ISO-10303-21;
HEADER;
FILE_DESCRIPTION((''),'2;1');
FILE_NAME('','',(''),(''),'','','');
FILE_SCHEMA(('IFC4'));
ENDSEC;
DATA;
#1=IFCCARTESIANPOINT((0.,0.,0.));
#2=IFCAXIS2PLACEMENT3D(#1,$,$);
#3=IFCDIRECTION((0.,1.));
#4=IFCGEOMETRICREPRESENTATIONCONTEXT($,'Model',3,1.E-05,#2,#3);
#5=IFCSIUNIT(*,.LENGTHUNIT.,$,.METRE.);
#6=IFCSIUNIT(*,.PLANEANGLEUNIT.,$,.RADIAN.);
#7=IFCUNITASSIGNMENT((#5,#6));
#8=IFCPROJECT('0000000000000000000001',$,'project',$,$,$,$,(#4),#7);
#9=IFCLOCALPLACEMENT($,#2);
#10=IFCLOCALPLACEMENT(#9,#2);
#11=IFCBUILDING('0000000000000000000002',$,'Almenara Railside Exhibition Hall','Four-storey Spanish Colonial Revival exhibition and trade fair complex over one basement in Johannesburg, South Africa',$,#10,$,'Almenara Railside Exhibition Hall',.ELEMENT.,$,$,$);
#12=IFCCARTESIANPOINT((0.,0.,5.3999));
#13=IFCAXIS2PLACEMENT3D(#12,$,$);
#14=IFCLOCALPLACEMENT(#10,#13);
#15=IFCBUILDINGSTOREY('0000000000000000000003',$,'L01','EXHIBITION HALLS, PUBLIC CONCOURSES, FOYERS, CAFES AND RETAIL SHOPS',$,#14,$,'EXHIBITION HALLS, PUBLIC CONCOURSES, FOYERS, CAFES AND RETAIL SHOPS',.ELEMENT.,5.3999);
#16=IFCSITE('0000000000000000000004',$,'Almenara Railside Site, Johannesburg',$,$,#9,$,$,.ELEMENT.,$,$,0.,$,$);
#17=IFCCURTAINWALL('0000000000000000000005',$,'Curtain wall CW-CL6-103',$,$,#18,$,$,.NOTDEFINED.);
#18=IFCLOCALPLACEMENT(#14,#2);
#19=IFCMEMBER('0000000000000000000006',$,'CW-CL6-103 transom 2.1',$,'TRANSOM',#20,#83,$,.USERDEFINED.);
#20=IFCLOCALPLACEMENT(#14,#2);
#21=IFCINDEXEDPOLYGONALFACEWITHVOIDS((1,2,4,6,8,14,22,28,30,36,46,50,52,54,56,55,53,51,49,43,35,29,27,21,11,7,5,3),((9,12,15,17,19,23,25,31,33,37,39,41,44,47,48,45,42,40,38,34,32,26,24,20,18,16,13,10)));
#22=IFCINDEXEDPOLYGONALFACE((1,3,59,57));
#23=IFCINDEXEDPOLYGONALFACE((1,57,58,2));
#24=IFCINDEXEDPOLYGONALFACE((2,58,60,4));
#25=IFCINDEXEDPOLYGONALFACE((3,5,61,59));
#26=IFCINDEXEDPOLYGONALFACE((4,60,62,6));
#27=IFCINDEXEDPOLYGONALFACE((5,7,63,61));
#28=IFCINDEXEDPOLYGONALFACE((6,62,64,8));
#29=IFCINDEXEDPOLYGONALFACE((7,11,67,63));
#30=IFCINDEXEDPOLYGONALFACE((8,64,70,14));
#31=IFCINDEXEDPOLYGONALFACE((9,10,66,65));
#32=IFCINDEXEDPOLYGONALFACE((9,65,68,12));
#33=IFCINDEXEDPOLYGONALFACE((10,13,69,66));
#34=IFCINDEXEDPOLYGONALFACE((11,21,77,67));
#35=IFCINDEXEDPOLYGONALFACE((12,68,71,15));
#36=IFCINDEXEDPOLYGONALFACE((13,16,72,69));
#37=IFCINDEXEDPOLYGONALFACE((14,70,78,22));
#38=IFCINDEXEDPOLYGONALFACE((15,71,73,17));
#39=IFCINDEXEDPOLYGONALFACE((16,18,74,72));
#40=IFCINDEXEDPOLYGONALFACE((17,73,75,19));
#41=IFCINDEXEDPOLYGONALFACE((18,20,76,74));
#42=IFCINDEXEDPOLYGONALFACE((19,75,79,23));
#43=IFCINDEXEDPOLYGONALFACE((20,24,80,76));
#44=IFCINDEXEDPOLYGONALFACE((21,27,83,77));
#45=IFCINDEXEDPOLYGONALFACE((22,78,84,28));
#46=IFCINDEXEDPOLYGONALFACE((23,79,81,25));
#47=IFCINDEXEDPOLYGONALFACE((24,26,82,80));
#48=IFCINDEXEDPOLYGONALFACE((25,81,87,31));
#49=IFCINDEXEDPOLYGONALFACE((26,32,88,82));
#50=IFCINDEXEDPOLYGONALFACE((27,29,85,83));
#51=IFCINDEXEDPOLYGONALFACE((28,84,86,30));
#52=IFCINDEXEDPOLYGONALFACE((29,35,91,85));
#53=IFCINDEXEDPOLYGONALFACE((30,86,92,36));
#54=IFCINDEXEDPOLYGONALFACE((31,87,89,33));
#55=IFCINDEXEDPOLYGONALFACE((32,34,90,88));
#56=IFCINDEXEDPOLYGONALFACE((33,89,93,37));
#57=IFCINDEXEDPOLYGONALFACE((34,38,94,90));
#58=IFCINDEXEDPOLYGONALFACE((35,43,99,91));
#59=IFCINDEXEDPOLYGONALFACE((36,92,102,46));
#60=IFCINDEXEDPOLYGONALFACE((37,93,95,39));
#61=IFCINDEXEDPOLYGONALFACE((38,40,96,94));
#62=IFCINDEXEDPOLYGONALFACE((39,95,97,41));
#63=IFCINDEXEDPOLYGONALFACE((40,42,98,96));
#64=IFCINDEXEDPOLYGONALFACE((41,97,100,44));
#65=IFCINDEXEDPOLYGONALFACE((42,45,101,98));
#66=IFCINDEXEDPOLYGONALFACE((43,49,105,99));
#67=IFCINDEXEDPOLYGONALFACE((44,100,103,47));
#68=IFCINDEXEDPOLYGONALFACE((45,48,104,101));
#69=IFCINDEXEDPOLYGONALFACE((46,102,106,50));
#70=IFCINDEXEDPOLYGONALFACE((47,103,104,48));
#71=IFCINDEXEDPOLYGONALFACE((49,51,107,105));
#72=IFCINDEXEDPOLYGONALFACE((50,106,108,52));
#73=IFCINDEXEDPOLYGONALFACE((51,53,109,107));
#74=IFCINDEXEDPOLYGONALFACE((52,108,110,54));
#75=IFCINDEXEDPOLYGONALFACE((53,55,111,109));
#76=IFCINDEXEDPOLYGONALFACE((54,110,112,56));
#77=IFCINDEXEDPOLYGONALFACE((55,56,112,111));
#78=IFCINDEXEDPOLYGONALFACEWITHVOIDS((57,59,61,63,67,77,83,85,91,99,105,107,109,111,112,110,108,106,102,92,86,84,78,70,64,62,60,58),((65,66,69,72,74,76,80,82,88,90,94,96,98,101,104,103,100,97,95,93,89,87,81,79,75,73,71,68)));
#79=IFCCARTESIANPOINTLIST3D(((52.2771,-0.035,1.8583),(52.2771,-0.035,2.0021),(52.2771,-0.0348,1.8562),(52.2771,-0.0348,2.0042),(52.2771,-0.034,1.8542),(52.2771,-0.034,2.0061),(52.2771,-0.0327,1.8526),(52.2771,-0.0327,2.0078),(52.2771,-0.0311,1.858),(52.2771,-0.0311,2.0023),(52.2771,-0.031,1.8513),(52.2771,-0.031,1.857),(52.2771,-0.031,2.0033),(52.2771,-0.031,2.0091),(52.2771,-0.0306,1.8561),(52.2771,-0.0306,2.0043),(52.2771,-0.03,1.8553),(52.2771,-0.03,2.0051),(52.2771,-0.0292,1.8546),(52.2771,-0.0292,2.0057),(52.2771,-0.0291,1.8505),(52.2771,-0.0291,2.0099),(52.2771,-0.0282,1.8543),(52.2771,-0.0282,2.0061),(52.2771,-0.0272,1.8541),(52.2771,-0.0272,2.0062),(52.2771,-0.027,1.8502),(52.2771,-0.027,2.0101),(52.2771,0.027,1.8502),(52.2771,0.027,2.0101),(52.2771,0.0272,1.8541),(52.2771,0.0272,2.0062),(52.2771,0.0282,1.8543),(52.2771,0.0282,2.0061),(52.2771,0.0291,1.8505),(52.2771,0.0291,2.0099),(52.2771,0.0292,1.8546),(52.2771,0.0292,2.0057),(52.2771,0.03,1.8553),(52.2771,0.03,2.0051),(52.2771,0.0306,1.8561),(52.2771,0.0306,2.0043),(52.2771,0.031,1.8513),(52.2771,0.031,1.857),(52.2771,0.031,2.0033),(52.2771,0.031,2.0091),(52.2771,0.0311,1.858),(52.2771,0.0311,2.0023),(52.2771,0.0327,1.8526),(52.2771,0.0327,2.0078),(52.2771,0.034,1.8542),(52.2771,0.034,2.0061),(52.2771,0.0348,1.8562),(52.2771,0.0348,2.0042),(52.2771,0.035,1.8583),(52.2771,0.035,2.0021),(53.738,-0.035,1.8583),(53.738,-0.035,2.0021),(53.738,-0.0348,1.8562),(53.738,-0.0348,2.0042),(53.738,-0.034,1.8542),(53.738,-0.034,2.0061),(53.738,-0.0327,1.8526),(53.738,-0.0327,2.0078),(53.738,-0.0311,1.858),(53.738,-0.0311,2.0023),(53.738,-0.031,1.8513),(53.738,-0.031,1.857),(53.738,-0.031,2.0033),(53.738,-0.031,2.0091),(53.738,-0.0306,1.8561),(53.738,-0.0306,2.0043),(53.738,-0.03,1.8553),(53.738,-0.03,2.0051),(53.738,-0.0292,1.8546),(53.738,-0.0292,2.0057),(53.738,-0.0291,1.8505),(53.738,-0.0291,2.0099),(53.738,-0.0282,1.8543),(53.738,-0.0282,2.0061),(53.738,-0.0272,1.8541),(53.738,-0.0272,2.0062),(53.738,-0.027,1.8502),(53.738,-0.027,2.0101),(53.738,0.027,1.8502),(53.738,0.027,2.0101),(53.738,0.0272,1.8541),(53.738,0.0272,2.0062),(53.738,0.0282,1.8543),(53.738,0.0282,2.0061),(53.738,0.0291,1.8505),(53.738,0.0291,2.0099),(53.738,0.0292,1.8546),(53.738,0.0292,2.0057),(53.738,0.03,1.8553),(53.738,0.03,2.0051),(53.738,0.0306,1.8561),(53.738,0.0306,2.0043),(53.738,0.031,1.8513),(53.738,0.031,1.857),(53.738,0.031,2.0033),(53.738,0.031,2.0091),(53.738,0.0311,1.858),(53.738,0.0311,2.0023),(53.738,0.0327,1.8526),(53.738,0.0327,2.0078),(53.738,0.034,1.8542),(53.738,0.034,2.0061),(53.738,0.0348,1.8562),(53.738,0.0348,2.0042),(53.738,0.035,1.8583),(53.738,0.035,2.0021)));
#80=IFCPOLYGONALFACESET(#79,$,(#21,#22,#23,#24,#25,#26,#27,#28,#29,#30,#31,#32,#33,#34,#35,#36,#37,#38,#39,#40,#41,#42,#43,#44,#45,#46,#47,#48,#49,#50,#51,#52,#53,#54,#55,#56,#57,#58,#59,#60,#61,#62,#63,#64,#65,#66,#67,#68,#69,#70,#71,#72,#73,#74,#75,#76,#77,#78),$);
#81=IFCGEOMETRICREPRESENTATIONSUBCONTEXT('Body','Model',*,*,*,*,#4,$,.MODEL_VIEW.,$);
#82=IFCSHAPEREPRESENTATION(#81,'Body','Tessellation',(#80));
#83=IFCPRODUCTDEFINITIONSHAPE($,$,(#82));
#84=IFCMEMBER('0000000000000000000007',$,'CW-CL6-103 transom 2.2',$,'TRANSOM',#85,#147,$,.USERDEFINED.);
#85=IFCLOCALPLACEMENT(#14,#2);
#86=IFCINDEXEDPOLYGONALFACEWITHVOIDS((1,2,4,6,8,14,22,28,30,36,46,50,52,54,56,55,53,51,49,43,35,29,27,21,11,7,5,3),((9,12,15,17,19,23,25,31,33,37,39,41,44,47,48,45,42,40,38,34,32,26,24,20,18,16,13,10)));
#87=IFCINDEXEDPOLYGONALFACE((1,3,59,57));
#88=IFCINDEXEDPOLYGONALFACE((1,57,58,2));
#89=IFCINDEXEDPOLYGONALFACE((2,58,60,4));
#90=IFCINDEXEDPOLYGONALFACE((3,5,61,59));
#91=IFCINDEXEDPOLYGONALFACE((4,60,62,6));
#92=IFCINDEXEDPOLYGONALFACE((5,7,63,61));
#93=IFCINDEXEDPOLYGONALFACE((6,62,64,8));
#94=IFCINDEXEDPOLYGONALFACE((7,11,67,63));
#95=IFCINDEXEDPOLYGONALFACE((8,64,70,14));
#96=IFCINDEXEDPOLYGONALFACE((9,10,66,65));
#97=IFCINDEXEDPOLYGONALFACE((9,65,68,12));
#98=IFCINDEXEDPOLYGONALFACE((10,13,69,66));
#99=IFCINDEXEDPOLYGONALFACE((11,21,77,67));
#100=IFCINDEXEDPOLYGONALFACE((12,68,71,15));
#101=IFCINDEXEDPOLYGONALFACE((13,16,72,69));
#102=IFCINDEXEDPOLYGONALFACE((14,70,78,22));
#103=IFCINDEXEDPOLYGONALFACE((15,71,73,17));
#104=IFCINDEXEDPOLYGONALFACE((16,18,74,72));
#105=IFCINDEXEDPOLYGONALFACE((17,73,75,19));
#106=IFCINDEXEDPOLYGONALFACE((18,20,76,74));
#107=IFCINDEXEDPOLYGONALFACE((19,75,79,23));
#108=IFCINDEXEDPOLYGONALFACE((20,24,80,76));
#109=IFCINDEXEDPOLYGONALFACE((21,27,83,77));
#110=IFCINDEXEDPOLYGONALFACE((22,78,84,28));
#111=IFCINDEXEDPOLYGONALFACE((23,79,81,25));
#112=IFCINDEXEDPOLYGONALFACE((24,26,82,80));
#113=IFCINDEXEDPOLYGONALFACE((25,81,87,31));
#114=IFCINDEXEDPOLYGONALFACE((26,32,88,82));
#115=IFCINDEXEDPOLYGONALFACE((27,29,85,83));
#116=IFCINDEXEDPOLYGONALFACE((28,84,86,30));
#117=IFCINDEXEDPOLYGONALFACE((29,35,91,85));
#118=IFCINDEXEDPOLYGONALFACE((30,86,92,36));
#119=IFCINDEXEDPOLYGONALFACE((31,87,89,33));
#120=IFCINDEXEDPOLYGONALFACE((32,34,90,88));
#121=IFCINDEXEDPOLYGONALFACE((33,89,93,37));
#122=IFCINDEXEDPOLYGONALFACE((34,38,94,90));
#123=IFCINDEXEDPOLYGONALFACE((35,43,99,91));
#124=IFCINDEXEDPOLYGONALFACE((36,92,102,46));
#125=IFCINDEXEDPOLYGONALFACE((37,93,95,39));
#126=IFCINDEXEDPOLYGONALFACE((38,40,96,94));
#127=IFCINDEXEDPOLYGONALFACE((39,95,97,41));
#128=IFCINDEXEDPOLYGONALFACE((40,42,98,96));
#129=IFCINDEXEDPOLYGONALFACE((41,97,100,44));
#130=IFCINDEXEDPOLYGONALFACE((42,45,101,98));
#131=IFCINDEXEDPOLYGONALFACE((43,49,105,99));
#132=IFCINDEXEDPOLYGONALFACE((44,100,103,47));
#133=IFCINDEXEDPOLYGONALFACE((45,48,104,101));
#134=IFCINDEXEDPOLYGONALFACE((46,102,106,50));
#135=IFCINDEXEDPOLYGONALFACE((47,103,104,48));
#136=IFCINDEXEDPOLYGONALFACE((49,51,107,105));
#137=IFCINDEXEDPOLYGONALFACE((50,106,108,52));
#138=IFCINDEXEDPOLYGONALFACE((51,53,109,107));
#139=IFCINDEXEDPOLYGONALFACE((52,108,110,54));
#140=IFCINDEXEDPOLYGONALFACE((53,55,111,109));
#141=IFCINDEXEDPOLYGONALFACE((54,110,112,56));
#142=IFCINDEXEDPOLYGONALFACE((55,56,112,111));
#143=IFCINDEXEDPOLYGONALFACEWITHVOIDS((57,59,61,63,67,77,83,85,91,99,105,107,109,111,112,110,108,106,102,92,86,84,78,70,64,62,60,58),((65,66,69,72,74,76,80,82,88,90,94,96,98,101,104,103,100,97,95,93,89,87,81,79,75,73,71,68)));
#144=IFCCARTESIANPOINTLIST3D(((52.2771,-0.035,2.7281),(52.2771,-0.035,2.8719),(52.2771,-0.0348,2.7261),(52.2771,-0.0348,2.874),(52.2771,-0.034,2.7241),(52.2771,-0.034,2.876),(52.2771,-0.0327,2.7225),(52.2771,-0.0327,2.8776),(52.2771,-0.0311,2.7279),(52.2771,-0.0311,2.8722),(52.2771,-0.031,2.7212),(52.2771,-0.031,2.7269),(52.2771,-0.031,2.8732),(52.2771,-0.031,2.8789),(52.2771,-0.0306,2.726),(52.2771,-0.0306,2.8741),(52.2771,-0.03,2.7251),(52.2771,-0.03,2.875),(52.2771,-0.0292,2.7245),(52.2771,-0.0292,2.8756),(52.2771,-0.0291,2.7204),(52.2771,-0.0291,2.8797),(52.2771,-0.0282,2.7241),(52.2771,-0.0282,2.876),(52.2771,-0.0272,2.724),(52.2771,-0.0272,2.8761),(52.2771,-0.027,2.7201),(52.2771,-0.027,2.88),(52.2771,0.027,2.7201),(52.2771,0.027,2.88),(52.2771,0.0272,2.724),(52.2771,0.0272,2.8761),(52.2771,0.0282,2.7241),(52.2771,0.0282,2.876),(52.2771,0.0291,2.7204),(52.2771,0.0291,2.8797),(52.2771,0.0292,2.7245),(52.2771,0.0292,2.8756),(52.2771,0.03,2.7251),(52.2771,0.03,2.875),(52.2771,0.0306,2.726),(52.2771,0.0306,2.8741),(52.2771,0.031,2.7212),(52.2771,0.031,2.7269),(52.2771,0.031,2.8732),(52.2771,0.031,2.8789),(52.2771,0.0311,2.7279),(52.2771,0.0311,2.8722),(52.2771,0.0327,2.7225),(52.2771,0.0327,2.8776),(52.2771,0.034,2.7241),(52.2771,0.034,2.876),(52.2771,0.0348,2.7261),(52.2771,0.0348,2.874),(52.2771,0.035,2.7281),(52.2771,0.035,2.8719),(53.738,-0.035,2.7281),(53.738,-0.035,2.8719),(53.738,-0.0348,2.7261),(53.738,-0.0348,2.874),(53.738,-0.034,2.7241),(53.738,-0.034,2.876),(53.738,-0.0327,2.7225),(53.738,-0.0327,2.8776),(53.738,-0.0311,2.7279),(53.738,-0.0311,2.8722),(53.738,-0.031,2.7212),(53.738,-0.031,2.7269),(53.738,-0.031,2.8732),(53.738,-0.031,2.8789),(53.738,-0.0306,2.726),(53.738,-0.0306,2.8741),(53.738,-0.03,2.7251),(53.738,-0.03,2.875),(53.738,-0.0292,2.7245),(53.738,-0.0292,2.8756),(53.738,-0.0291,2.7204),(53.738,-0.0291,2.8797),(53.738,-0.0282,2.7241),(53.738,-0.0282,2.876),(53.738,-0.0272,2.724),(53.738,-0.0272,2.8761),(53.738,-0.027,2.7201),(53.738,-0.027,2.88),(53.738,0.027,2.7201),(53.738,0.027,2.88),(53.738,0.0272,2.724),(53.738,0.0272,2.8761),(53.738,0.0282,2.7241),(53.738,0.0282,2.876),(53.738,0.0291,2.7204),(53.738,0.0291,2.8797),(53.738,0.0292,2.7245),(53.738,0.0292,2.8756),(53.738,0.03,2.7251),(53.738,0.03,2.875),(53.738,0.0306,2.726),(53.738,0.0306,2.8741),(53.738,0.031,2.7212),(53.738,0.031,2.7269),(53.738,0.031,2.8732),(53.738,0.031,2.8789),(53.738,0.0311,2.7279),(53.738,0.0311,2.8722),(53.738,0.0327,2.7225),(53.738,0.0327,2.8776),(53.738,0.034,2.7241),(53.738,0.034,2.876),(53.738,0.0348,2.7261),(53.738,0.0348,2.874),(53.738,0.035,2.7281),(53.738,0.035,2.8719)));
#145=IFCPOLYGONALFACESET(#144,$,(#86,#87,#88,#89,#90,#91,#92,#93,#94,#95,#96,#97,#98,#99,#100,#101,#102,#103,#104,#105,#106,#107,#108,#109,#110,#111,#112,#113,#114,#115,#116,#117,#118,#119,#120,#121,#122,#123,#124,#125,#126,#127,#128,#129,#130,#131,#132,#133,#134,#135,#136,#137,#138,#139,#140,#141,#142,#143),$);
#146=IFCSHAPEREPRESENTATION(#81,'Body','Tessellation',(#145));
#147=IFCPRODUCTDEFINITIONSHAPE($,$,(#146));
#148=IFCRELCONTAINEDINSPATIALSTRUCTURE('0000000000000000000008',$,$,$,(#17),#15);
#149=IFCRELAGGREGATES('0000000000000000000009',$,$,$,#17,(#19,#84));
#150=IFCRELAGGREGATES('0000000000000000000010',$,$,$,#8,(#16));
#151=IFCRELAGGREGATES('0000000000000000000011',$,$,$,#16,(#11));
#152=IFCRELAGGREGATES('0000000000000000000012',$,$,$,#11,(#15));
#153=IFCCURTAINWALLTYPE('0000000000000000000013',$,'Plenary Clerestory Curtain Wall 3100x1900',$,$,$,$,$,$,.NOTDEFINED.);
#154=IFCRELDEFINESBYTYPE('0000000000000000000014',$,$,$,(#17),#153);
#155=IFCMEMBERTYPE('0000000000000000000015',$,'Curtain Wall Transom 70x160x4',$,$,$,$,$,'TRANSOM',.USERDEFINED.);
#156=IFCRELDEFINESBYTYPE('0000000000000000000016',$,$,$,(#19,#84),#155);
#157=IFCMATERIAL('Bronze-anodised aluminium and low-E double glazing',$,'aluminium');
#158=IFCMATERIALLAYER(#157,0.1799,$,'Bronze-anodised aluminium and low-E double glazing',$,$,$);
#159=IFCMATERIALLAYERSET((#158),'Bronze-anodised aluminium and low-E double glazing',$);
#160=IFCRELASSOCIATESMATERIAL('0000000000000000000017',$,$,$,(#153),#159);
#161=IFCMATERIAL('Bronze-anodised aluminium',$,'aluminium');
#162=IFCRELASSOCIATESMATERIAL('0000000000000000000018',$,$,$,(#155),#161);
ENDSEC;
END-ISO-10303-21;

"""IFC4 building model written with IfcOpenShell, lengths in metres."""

from ifc_helpers import new_model, si_unit, direction, frame, origin, origin_2d, place, context, subcontext, project, spatial, hollow_rectangle, extrude, material, layer, layer_set, material_profile, profile_set, type_object, element, aggregate, save


model = new_model("IFC4")

# Units and contexts
model_context = context("Model", 3, precision=1e-05, world=origin(), true_north=direction((0.0, 1.0)))
body_context = subcontext(model_context, "Body", "Model", "MODEL_VIEW")
ifc_project = project(units=[si_unit("LENGTHUNIT", "METRE"), si_unit("PLANEANGLEUNIT", "RADIAN")], contexts=[model_context])

# Site, building, storey
site_placement = place(None, origin())
site = spatial("IfcSite", under=ifc_project, at=site_placement, Name="Almenara Railside Site, Johannesburg", CompositionType="ELEMENT", RefElevation=0.0)
building_placement = place(site_placement, origin())
building = spatial("IfcBuilding", under=site, at=building_placement, Name="Almenara Railside Exhibition Hall", Description="Four-storey Spanish Colonial Revival exhibition and trade fair complex over one basement in Johannesburg, South Africa", LongName="Almenara Railside Exhibition Hall", CompositionType="ELEMENT")
storey_placement = place(building_placement, frame((0.0, 0.0, 5.3999)))
storey = spatial("IfcBuildingStorey", under=building, at=storey_placement, Name="L01", Description="EXHIBITION HALLS, PUBLIC CONCOURSES, FOYERS, CAFES AND RETAIL SHOPS", LongName="EXHIBITION HALLS, PUBLIC CONCOURSES, FOYERS, CAFES AND RETAIL SHOPS", CompositionType="ELEMENT", Elevation=5.3999)

# Curtain wall, members
ifc_material_1 = material(Name="Bronze-anodised aluminium and low-E double glazing", Category="aluminium")
ifc_layer_1 = layer(ifc_material_1, 0.1799, Name="Bronze-anodised aluminium and low-E double glazing")
ifc_layer_set_1 = layer_set([ifc_layer_1], Name="Bronze-anodised aluminium and low-E double glazing")
curtain_wall_type = type_object("IfcCurtainWallType", Name="Plenary Clerestory Curtain Wall 3100x1900", PredefinedType="NOTDEFINED", material=ifc_layer_set_1)
curtain_wall_placement = place(storey_placement, origin())
curtain_wall = element("IfcCurtainWall", 1, at=curtain_wall_placement, inside=storey, type_object=curtain_wall_type, Name="Curtain wall CW-CL6-103", PredefinedType="NOTDEFINED")
ifc_material_2 = material(Name="Bronze-anodised aluminium", Category="aluminium")
ifc_material_profile_1 = material_profile(ifc_material_2, hollow_rectangle(XDim=0.0701, YDim=0.1599, WallThickness=0.0039, InnerFilletRadius=0.0039, OuterFilletRadius=0.0081, at=origin_2d()), Name="ALU-TRN 70x160x4")
ifc_profile_set_1 = profile_set([ifc_material_profile_1], Name="Bronze-anodised aluminium")
member_type_1 = type_object("IfcMemberType", Name="Curtain Wall Transom 70x160x4", ElementType="TRANSOM", PredefinedType="USERDEFINED", material=ifc_profile_set_1)
member_1_placement = place(storey_placement, frame((52.2771, 0.0, 1.9302), z_axis=(1.0, 0.0, 0.0), x_axis=(0.0, 1.0, 0.0)))
member_1 = element("IfcMember", 2, at=member_1_placement, type_object=member_type_1, Name="CW-CL6-103 transom 2.1", ObjectType="TRANSOM", PredefinedType="USERDEFINED", context=body_context, shape_type="SweptSolid", body=[
    extrude(hollow_rectangle(XDim=0.0701, YDim=0.1599, WallThickness=0.0039, InnerFilletRadius=0.0039, OuterFilletRadius=0.0081, at=origin_2d()), origin(), (0.0, 0.0, 1.0), 1.4609),
])
member_2_placement = place(storey_placement, frame((52.2771, 0.0, 2.8), z_axis=(1.0, 0.0, 0.0), x_axis=(0.0, 1.0, 0.0)))
member_2 = element("IfcMember", 3, at=member_2_placement, type_object=member_type_1, Name="CW-CL6-103 transom 2.2", ObjectType="TRANSOM", PredefinedType="USERDEFINED", context=body_context, shape_type="SweptSolid", body=[
    extrude(hollow_rectangle(XDim=0.0701, YDim=0.1599, WallThickness=0.0039, InnerFilletRadius=0.0039, OuterFilletRadius=0.0081, at=origin_2d()), origin(), (0.0, 0.0, 1.0), 1.4609),
])

aggregate(curtain_wall, [member_1, member_2])

save(model, "model.ifc")
